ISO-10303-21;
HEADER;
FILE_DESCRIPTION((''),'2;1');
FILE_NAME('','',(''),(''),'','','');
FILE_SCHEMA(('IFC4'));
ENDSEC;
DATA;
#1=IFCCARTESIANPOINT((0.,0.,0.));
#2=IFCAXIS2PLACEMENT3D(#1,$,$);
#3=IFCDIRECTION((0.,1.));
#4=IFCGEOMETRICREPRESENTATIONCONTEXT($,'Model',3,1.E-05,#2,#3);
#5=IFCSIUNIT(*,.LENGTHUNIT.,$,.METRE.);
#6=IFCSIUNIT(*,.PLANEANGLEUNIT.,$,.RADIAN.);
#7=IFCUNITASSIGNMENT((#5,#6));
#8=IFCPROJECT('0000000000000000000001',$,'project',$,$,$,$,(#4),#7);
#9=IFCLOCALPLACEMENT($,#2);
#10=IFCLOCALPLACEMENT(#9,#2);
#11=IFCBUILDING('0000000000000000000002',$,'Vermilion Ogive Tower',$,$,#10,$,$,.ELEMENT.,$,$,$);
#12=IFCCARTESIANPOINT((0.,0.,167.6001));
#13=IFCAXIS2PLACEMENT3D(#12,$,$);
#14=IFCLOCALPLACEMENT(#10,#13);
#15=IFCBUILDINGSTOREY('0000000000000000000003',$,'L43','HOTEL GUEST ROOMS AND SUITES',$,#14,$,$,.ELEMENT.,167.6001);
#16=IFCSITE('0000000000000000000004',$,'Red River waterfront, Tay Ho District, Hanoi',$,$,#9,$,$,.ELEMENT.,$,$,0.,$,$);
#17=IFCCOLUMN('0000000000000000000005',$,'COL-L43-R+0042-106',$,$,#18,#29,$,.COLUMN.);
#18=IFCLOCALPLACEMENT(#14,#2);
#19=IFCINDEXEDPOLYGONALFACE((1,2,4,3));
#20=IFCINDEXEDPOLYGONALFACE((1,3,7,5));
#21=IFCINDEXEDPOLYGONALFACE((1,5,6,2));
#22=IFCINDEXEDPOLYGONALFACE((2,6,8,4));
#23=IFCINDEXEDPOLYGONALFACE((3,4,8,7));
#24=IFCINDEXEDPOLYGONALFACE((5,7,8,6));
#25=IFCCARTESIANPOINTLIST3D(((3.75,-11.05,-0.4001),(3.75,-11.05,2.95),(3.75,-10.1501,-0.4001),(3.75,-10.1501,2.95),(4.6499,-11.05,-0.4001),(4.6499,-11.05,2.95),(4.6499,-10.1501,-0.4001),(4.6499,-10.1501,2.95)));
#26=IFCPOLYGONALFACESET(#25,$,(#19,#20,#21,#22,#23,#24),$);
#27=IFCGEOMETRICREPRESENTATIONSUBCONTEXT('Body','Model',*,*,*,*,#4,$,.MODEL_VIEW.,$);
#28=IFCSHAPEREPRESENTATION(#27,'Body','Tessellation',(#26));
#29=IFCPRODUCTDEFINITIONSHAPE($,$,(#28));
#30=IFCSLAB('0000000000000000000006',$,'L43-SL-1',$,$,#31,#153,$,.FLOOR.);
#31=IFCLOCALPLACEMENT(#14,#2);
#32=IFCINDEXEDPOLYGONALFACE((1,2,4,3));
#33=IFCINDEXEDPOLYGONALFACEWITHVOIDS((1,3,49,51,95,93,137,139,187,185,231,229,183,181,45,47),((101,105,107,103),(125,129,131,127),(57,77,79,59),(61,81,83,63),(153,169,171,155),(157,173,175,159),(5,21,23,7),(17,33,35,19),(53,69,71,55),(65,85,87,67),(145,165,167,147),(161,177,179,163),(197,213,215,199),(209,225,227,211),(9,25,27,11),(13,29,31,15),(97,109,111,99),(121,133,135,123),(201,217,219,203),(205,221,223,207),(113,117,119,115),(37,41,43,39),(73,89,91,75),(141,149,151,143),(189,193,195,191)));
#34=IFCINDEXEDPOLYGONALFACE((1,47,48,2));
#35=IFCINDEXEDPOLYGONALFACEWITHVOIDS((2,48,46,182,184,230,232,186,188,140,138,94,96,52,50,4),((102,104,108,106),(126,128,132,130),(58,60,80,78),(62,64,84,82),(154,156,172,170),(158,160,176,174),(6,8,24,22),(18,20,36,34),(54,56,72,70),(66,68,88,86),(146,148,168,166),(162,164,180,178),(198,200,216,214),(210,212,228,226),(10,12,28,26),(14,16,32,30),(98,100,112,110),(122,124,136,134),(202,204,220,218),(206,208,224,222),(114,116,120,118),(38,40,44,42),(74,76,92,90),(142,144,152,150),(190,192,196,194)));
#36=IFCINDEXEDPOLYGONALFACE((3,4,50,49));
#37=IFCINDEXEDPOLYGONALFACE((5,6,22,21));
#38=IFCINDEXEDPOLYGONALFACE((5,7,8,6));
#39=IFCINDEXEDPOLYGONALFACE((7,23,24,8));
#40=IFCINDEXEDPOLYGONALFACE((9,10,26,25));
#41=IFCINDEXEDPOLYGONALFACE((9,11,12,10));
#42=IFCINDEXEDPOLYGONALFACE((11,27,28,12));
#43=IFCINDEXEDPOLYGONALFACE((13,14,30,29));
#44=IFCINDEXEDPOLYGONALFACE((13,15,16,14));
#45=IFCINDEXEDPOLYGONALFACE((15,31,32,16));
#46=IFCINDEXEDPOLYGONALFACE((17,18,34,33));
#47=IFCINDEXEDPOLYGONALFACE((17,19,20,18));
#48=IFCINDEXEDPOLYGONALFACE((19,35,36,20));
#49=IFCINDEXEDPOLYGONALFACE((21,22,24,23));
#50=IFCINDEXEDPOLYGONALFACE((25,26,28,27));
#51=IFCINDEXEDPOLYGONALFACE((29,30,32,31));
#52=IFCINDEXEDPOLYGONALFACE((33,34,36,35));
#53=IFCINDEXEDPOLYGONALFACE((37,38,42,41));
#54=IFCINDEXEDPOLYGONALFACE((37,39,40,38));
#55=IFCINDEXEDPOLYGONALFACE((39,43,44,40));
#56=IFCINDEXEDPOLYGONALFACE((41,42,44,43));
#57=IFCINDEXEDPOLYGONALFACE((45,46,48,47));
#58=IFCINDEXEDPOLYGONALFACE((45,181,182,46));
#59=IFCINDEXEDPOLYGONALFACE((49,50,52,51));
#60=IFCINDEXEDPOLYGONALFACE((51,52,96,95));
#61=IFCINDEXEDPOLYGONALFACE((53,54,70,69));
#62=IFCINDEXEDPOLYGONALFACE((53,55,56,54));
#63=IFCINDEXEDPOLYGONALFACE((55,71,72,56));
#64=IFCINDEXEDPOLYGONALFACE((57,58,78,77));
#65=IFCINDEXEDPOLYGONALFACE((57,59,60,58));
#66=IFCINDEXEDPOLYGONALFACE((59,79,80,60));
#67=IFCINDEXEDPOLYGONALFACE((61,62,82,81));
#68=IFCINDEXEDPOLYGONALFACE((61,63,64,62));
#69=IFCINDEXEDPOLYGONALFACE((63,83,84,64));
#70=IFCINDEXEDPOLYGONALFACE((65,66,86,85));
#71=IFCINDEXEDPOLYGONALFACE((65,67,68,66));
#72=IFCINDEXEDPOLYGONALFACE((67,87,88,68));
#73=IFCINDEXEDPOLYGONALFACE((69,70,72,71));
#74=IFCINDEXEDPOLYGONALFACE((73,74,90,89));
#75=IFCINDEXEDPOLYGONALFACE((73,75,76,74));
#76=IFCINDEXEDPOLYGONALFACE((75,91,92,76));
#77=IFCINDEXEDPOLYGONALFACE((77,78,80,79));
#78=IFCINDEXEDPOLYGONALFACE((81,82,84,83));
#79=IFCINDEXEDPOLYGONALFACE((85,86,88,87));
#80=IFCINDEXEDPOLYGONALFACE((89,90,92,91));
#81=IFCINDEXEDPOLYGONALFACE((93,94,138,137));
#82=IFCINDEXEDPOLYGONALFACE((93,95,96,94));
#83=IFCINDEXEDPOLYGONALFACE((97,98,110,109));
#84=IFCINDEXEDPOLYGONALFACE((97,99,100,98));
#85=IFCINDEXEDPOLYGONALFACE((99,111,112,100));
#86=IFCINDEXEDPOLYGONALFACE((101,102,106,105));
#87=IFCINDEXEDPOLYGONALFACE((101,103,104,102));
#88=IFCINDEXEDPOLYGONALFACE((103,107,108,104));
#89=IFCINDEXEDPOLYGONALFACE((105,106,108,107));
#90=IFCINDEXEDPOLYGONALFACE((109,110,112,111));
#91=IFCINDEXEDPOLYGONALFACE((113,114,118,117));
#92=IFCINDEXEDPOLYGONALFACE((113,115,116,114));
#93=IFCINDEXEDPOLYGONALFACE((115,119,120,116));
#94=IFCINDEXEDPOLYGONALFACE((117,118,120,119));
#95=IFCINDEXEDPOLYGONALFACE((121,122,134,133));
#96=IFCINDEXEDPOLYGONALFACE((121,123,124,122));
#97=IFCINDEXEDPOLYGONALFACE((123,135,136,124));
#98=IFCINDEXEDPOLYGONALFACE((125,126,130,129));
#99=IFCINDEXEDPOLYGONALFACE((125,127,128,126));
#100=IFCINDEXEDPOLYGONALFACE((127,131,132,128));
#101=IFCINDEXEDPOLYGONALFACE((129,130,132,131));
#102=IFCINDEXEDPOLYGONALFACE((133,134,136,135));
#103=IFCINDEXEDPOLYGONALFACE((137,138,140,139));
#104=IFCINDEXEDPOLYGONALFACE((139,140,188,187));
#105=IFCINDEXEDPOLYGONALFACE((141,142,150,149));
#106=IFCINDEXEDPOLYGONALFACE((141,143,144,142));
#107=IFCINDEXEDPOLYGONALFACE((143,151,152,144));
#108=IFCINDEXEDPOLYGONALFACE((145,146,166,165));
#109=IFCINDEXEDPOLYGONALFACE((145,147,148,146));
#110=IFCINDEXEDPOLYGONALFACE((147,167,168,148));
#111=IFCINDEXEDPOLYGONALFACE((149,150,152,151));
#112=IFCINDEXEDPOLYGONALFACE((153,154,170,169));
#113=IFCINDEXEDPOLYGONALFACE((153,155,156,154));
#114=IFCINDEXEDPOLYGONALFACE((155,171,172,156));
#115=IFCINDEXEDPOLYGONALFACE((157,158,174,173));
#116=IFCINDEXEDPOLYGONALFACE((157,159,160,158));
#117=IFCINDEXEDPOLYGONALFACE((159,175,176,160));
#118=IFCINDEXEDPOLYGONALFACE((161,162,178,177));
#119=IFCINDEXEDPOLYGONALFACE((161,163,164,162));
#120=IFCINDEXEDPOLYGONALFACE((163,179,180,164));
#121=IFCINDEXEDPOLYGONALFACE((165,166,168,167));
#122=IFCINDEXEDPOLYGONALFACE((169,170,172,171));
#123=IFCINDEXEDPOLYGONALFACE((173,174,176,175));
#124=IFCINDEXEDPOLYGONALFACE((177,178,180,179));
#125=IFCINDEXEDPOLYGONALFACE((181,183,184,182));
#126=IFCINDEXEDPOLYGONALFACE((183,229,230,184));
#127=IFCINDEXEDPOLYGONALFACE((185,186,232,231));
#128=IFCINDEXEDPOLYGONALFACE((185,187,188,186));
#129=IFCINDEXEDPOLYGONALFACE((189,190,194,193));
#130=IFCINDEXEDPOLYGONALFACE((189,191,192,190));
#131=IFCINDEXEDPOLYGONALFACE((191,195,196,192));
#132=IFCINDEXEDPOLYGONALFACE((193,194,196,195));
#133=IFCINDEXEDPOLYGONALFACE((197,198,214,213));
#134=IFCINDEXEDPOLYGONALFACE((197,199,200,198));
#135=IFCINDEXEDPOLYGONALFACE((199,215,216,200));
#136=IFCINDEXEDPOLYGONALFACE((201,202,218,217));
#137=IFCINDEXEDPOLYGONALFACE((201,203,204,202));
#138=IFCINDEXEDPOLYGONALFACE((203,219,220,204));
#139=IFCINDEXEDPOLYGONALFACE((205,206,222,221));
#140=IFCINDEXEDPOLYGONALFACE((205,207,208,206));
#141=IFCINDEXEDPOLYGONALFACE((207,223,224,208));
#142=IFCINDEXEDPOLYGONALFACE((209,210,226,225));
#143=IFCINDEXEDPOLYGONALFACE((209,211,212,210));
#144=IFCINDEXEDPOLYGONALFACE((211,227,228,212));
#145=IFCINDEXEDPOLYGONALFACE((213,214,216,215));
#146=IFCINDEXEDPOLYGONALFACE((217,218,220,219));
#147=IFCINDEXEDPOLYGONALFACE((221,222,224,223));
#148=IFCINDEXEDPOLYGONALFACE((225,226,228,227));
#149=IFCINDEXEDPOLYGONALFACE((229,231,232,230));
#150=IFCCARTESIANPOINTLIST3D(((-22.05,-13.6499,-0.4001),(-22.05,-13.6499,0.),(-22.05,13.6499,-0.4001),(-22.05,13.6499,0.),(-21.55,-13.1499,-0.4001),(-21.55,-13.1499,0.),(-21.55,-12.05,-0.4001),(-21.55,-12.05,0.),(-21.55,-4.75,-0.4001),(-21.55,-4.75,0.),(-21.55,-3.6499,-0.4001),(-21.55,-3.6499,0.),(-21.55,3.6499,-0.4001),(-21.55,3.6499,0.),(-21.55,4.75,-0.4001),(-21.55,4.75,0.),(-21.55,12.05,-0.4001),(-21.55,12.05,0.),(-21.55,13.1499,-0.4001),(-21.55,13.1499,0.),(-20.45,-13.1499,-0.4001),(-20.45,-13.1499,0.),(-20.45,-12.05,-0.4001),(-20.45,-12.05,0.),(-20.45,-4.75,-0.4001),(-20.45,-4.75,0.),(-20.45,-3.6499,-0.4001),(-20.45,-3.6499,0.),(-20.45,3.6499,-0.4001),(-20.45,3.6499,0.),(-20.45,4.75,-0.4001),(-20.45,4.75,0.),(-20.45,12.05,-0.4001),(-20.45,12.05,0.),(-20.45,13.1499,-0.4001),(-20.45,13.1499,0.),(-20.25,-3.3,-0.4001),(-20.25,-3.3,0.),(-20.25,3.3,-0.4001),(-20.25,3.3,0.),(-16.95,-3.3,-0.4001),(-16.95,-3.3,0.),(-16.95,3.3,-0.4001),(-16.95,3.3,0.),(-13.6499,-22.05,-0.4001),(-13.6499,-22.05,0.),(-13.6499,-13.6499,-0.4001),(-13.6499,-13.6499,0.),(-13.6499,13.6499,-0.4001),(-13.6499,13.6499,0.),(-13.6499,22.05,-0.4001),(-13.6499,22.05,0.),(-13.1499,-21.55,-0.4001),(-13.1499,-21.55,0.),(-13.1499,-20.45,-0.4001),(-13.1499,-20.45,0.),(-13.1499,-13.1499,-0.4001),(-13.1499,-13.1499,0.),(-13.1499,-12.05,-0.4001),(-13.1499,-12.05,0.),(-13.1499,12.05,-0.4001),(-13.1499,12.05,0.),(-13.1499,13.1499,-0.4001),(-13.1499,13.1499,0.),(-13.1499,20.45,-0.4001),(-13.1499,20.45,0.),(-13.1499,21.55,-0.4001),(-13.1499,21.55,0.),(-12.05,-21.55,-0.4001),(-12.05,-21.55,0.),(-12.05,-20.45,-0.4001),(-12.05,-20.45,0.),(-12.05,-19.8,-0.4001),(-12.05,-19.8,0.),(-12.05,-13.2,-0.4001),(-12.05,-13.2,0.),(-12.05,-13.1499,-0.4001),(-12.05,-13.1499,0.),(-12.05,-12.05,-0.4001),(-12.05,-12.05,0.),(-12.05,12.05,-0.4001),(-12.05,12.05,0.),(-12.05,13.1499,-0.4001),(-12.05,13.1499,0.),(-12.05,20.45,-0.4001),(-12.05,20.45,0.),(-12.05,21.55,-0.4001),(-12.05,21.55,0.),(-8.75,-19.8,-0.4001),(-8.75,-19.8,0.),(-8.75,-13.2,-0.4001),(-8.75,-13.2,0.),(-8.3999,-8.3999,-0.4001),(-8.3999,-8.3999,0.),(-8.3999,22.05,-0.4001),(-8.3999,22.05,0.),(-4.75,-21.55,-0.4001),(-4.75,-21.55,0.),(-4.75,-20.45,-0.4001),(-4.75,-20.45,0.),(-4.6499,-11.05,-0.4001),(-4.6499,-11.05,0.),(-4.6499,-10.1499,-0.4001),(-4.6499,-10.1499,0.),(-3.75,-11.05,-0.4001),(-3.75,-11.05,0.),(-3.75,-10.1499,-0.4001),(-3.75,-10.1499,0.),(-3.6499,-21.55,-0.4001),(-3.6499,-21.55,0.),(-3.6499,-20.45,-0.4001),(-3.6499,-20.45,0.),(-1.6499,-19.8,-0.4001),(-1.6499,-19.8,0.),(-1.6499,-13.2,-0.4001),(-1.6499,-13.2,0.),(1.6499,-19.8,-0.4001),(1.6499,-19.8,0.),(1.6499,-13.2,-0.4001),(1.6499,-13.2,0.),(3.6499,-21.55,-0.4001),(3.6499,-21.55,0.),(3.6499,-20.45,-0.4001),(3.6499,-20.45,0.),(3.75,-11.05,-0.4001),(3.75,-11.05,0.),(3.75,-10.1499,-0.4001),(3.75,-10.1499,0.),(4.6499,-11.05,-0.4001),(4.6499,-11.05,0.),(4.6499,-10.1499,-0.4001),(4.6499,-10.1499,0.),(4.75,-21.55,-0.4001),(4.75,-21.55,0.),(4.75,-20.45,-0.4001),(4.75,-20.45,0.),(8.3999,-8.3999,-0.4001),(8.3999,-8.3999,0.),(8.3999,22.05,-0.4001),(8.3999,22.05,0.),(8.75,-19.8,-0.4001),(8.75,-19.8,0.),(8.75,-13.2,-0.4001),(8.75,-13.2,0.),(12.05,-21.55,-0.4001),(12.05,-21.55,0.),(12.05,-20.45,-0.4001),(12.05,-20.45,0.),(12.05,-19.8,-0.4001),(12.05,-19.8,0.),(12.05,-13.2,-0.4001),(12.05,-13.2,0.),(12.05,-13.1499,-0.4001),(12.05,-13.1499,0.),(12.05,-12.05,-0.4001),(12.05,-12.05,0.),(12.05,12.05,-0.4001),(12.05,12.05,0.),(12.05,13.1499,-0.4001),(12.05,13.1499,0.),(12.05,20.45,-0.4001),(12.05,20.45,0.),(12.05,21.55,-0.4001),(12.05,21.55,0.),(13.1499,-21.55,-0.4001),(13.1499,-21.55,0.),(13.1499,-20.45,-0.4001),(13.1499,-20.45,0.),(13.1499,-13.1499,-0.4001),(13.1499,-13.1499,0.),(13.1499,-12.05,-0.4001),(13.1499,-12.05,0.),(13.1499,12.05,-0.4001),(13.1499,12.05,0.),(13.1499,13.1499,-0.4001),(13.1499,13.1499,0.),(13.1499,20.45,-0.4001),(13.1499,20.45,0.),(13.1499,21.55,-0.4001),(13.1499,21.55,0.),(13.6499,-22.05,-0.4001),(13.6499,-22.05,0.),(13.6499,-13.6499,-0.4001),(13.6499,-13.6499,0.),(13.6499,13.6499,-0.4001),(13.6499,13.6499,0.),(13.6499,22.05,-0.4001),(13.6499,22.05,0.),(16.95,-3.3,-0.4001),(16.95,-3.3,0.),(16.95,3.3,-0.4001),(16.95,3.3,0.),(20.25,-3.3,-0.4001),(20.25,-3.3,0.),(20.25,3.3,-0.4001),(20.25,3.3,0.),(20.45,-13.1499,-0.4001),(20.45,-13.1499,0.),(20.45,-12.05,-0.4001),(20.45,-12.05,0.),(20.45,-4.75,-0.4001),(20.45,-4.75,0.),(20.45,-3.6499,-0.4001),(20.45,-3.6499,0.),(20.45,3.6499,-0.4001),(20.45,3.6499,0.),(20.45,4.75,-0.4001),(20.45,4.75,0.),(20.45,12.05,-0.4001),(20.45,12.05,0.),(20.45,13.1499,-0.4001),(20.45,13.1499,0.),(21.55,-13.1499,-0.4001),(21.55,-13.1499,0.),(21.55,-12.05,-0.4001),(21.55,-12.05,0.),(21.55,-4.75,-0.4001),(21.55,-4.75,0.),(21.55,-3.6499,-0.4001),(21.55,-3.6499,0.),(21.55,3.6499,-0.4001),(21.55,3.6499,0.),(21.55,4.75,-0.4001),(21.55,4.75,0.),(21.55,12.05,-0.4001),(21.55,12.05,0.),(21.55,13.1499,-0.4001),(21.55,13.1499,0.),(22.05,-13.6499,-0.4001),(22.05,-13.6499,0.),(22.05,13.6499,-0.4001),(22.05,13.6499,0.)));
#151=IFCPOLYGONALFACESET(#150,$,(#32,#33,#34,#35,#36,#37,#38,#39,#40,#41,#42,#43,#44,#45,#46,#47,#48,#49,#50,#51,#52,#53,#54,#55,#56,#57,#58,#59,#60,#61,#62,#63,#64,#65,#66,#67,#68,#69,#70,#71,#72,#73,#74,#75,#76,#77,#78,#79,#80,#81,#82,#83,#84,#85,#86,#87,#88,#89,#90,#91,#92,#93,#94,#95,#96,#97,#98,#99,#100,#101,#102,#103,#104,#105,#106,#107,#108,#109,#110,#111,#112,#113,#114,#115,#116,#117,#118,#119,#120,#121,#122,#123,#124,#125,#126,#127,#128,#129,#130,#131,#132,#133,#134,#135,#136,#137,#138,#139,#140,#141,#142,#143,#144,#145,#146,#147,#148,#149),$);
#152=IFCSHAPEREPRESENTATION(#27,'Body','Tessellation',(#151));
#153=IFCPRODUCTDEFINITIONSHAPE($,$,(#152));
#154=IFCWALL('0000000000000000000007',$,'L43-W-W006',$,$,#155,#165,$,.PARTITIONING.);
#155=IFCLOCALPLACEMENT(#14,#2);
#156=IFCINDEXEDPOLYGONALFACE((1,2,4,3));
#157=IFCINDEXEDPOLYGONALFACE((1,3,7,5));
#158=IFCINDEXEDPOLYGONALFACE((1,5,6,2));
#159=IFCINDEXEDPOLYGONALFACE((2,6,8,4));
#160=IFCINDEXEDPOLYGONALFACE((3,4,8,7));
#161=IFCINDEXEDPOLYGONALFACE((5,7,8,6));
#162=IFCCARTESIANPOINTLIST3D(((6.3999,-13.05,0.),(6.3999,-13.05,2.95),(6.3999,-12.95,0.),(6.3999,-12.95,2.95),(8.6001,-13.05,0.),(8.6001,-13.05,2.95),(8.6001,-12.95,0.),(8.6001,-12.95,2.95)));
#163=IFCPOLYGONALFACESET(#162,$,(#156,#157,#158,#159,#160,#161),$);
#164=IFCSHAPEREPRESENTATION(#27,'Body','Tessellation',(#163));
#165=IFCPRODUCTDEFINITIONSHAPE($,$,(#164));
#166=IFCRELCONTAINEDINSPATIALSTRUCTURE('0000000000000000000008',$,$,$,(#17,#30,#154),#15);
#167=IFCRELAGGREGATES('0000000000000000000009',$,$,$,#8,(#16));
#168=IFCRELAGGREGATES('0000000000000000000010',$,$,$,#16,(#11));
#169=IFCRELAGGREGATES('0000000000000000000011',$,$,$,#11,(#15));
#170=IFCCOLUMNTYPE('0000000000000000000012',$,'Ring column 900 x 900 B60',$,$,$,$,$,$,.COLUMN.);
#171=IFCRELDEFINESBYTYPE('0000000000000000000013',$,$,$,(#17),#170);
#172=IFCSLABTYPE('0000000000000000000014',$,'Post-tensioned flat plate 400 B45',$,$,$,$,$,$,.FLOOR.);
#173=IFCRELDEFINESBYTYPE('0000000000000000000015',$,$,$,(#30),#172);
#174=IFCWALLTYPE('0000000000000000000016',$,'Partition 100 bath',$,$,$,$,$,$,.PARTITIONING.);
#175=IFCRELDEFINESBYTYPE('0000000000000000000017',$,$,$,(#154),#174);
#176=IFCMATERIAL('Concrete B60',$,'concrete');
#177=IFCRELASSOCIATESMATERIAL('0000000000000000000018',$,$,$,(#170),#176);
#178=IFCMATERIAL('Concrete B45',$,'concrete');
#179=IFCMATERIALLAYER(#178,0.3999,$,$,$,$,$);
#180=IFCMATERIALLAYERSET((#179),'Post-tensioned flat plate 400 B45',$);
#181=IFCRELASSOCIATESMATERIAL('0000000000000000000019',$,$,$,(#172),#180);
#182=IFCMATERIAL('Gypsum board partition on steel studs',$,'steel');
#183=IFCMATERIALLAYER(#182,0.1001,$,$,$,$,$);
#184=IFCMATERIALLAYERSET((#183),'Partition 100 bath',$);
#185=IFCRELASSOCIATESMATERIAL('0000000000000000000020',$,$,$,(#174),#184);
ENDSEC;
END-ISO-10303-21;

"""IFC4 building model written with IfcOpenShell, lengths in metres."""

from ifc_helpers import new_model, si_unit, direction, frame, frame_2d, origin, origin_2d, place, context, subcontext, project, spatial, polyline, rectangle, outline, extrude, material, layer, layer_set, material_profile, profile_set, type_object, element, save


model = new_model("IFC4")

# Units and contexts
model_context = context("Model", 3, precision=1e-05, world=origin(), true_north=direction((0.0, 1.0)))
body_context = subcontext(model_context, "Body", "Model", "MODEL_VIEW")
ifc_project = project(units=[si_unit("LENGTHUNIT", "METRE"), si_unit("PLANEANGLEUNIT", "RADIAN")], contexts=[model_context])

# Site, building, storey
site_placement = place(None, origin())
site = spatial("IfcSite", under=ifc_project, at=site_placement, Name="Red River waterfront, Tay Ho District, Hanoi", CompositionType="ELEMENT", RefElevation=0.0)
building_placement = place(site_placement, origin())
building = spatial("IfcBuilding", under=site, at=building_placement, Name="Vermilion Ogive Tower", CompositionType="ELEMENT")
storey_placement = place(building_placement, frame((0.0, 0.0, 167.6001)))
storey = spatial("IfcBuildingStorey", under=building, at=storey_placement, Name="L43", Description="HOTEL GUEST ROOMS AND SUITES", CompositionType="ELEMENT", Elevation=167.6001)

# Column
ifc_material_1 = material(Name="Concrete B60", Category="concrete")
ifc_material_profile = material_profile(ifc_material_1, rectangle(XDim=0.8999, YDim=0.8999, at=origin_2d()), Name="900 x 900")
ifc_profile_set = profile_set([ifc_material_profile], Name="Concrete B60")
column_type = type_object("IfcColumnType", Name="Ring column 900 x 900 B60", PredefinedType="COLUMN", material=ifc_profile_set)
column_placement = place(storey_placement, frame((4.2, -10.6001, -0.4001), z_axis=(0.0, 0.0, 1.0), x_axis=(1.0, 0.0, 0.0)))
element("IfcColumn", 1, at=column_placement, inside=storey, type_object=column_type, Name="COL-L43-R+0042-106", PredefinedType="COLUMN", context=body_context, shape_type="SweptSolid", body=[
    extrude(rectangle(XDim=0.8999, YDim=0.8999, at=origin_2d()), origin(), (0.0, 0.0, 1.0), 3.3501),
])

# Slab
ifc_material_2 = material(Name="Concrete B45", Category="concrete")
ifc_layer_1 = layer(ifc_material_2, 0.3999)
ifc_layer_set_1 = layer_set([ifc_layer_1], Name="Post-tensioned flat plate 400 B45")
slab_type = type_object("IfcSlabType", Name="Post-tensioned flat plate 400 B45", PredefinedType="FLOOR", material=ifc_layer_set_1)
slab_placement = place(storey_placement, frame((0.0, 0.0, -0.4001)))
element("IfcSlab", 2, at=slab_placement, inside=storey, type_object=slab_type, Name="L43-SL-1", PredefinedType="FLOOR", context=body_context, shape_type="SweptSolid", body=[
    extrude(outline(polyline([(-13.6499, -13.6499), (-22.05, -13.6499), (-22.05, 13.6499), (-13.6499, 13.6499), (-13.6499, 22.05), (-8.3999, 22.05), (-8.3999, -8.3999), (8.3999, -8.3999), (8.3999, 22.05), (13.6499, 22.05), (13.6499, 13.6499), (22.05, 13.6499), (22.05, -13.6499), (13.6499, -13.6499), (13.6499, -22.05), (-13.6499, -22.05), (-13.6499, -13.6499)]), holes=[polyline([(21.55, 12.05), (21.55, 13.1499), (20.45, 13.1499), (20.45, 12.05), (21.55, 12.05)]), polyline([(21.55, 3.6499), (21.55, 4.75), (20.45, 4.75), (20.45, 3.6499), (21.55, 3.6499)]), polyline([(21.55, -4.75), (21.55, -3.6499), (20.45, -3.6499), (20.45, -4.75), (21.55, -4.75)]), polyline([(21.55, -13.1499), (21.55, -12.05), (20.45, -12.05), (20.45, -13.1499), (21.55, -13.1499)]), polyline([(20.25, -3.3), (20.25, 3.3), (16.95, 3.3), (16.95, -3.3), (20.25, -3.3)]), polyline([(13.1499, 20.45), (13.1499, 21.55), (12.05, 21.55), (12.05, 20.45), (13.1499, 20.45)]), polyline([(13.1499, 12.05), (13.1499, 13.1499), (12.05, 13.1499), (12.05, 12.05), (13.1499, 12.05)]), polyline([(13.1499, -13.1499), (13.1499, -12.05), (12.05, -12.05), (12.05, -13.1499), (13.1499, -13.1499)]), polyline([(13.1499, -21.55), (13.1499, -20.45), (12.05, -20.45), (12.05, -21.55), (13.1499, -21.55)]), polyline([(12.05, -19.8), (12.05, -13.2), (8.75, -13.2), (8.75, -19.8), (12.05, -19.8)]), polyline([(4.75, -20.45), (3.6499, -20.45), (3.6499, -21.55), (4.75, -21.55), (4.75, -20.45)]), polyline([(4.6499, -11.05), (4.6499, -10.1499), (3.75, -10.1499), (3.75, -11.05), (4.6499, -11.05)]), polyline([(1.6499, -19.8), (1.6499, -13.2), (-1.6499, -13.2), (-1.6499, -19.8), (1.6499, -19.8)]), polyline([(-3.6499, -21.55), (-3.6499, -20.45), (-4.75, -20.45), (-4.75, -21.55), (-3.6499, -21.55)]), polyline([(-3.75, -11.05), (-3.75, -10.1499), (-4.6499, -10.1499), (-4.6499, -11.05), (-3.75, -11.05)]), polyline([(-8.75, -19.8), (-8.75, -13.2), (-12.05, -13.2), (-12.05, -19.8), (-8.75, -19.8)]), polyline([(-12.05, 20.45), (-12.05, 21.55), (-13.1499, 21.55), (-13.1499, 20.45), (-12.05, 20.45)]), polyline([(-12.05, 12.05), (-12.05, 13.1499), (-13.1499, 13.1499), (-13.1499, 12.05), (-12.05, 12.05)]), polyline([(-12.05, -13.1499), (-12.05, -12.05), (-13.1499, -12.05), (-13.1499, -13.1499), (-12.05, -13.1499)]), polyline([(-12.05, -20.45), (-13.1499, -20.45), (-13.1499, -21.55), (-12.05, -21.55), (-12.05, -20.45)]), polyline([(-16.95, -3.3), (-16.95, 3.3), (-20.25, 3.3), (-20.25, -3.3), (-16.95, -3.3)]), polyline([(-20.45, -13.1499), (-20.45, -12.05), (-21.55, -12.05), (-21.55, -13.1499), (-20.45, -13.1499)]), polyline([(-20.45, 12.05), (-20.45, 13.1499), (-21.55, 13.1499), (-21.55, 12.05), (-20.45, 12.05)]), polyline([(-20.45, 3.6499), (-20.45, 4.75), (-21.55, 4.75), (-21.55, 3.6499), (-20.45, 3.6499)]), polyline([(-20.45, -4.75), (-20.45, -3.6499), (-21.55, -3.6499), (-21.55, -4.75), (-20.45, -4.75)])]), origin(), (0.0, 0.0, 1.0), 0.4001),
])

# Wall
ifc_material_3 = material(Name="Gypsum board partition on steel studs", Category="steel")
ifc_layer_2 = layer(ifc_material_3, 0.1001)
ifc_layer_set_2 = layer_set([ifc_layer_2], Name="Partition 100 bath")
wall_type_1 = type_object("IfcWallType", Name="Partition 100 bath", PredefinedType="PARTITIONING", material=ifc_layer_set_2)
for number, where, z_axis, x_axis, name in (
    (3, (6.3999, -13.0, 0.0), (0.0, 0.0, 1.0), (1.0, 0.0, 0.0), "L43-W-W006"),
):
    element("IfcWall", number, at=place(storey_placement, frame(where, z_axis=z_axis, x_axis=x_axis)), inside=storey, type_object=wall_type_1, Name=name, PredefinedType="PARTITIONING", context=body_context, shape_type="SweptSolid", body=[
        extrude(rectangle(XDim=2.2002, YDim=0.1001, at=frame_2d((1.1001, 0.0))), origin(), (0.0, 0.0, 1.0), 2.95),
    ])

save(model, "model.ifc")
